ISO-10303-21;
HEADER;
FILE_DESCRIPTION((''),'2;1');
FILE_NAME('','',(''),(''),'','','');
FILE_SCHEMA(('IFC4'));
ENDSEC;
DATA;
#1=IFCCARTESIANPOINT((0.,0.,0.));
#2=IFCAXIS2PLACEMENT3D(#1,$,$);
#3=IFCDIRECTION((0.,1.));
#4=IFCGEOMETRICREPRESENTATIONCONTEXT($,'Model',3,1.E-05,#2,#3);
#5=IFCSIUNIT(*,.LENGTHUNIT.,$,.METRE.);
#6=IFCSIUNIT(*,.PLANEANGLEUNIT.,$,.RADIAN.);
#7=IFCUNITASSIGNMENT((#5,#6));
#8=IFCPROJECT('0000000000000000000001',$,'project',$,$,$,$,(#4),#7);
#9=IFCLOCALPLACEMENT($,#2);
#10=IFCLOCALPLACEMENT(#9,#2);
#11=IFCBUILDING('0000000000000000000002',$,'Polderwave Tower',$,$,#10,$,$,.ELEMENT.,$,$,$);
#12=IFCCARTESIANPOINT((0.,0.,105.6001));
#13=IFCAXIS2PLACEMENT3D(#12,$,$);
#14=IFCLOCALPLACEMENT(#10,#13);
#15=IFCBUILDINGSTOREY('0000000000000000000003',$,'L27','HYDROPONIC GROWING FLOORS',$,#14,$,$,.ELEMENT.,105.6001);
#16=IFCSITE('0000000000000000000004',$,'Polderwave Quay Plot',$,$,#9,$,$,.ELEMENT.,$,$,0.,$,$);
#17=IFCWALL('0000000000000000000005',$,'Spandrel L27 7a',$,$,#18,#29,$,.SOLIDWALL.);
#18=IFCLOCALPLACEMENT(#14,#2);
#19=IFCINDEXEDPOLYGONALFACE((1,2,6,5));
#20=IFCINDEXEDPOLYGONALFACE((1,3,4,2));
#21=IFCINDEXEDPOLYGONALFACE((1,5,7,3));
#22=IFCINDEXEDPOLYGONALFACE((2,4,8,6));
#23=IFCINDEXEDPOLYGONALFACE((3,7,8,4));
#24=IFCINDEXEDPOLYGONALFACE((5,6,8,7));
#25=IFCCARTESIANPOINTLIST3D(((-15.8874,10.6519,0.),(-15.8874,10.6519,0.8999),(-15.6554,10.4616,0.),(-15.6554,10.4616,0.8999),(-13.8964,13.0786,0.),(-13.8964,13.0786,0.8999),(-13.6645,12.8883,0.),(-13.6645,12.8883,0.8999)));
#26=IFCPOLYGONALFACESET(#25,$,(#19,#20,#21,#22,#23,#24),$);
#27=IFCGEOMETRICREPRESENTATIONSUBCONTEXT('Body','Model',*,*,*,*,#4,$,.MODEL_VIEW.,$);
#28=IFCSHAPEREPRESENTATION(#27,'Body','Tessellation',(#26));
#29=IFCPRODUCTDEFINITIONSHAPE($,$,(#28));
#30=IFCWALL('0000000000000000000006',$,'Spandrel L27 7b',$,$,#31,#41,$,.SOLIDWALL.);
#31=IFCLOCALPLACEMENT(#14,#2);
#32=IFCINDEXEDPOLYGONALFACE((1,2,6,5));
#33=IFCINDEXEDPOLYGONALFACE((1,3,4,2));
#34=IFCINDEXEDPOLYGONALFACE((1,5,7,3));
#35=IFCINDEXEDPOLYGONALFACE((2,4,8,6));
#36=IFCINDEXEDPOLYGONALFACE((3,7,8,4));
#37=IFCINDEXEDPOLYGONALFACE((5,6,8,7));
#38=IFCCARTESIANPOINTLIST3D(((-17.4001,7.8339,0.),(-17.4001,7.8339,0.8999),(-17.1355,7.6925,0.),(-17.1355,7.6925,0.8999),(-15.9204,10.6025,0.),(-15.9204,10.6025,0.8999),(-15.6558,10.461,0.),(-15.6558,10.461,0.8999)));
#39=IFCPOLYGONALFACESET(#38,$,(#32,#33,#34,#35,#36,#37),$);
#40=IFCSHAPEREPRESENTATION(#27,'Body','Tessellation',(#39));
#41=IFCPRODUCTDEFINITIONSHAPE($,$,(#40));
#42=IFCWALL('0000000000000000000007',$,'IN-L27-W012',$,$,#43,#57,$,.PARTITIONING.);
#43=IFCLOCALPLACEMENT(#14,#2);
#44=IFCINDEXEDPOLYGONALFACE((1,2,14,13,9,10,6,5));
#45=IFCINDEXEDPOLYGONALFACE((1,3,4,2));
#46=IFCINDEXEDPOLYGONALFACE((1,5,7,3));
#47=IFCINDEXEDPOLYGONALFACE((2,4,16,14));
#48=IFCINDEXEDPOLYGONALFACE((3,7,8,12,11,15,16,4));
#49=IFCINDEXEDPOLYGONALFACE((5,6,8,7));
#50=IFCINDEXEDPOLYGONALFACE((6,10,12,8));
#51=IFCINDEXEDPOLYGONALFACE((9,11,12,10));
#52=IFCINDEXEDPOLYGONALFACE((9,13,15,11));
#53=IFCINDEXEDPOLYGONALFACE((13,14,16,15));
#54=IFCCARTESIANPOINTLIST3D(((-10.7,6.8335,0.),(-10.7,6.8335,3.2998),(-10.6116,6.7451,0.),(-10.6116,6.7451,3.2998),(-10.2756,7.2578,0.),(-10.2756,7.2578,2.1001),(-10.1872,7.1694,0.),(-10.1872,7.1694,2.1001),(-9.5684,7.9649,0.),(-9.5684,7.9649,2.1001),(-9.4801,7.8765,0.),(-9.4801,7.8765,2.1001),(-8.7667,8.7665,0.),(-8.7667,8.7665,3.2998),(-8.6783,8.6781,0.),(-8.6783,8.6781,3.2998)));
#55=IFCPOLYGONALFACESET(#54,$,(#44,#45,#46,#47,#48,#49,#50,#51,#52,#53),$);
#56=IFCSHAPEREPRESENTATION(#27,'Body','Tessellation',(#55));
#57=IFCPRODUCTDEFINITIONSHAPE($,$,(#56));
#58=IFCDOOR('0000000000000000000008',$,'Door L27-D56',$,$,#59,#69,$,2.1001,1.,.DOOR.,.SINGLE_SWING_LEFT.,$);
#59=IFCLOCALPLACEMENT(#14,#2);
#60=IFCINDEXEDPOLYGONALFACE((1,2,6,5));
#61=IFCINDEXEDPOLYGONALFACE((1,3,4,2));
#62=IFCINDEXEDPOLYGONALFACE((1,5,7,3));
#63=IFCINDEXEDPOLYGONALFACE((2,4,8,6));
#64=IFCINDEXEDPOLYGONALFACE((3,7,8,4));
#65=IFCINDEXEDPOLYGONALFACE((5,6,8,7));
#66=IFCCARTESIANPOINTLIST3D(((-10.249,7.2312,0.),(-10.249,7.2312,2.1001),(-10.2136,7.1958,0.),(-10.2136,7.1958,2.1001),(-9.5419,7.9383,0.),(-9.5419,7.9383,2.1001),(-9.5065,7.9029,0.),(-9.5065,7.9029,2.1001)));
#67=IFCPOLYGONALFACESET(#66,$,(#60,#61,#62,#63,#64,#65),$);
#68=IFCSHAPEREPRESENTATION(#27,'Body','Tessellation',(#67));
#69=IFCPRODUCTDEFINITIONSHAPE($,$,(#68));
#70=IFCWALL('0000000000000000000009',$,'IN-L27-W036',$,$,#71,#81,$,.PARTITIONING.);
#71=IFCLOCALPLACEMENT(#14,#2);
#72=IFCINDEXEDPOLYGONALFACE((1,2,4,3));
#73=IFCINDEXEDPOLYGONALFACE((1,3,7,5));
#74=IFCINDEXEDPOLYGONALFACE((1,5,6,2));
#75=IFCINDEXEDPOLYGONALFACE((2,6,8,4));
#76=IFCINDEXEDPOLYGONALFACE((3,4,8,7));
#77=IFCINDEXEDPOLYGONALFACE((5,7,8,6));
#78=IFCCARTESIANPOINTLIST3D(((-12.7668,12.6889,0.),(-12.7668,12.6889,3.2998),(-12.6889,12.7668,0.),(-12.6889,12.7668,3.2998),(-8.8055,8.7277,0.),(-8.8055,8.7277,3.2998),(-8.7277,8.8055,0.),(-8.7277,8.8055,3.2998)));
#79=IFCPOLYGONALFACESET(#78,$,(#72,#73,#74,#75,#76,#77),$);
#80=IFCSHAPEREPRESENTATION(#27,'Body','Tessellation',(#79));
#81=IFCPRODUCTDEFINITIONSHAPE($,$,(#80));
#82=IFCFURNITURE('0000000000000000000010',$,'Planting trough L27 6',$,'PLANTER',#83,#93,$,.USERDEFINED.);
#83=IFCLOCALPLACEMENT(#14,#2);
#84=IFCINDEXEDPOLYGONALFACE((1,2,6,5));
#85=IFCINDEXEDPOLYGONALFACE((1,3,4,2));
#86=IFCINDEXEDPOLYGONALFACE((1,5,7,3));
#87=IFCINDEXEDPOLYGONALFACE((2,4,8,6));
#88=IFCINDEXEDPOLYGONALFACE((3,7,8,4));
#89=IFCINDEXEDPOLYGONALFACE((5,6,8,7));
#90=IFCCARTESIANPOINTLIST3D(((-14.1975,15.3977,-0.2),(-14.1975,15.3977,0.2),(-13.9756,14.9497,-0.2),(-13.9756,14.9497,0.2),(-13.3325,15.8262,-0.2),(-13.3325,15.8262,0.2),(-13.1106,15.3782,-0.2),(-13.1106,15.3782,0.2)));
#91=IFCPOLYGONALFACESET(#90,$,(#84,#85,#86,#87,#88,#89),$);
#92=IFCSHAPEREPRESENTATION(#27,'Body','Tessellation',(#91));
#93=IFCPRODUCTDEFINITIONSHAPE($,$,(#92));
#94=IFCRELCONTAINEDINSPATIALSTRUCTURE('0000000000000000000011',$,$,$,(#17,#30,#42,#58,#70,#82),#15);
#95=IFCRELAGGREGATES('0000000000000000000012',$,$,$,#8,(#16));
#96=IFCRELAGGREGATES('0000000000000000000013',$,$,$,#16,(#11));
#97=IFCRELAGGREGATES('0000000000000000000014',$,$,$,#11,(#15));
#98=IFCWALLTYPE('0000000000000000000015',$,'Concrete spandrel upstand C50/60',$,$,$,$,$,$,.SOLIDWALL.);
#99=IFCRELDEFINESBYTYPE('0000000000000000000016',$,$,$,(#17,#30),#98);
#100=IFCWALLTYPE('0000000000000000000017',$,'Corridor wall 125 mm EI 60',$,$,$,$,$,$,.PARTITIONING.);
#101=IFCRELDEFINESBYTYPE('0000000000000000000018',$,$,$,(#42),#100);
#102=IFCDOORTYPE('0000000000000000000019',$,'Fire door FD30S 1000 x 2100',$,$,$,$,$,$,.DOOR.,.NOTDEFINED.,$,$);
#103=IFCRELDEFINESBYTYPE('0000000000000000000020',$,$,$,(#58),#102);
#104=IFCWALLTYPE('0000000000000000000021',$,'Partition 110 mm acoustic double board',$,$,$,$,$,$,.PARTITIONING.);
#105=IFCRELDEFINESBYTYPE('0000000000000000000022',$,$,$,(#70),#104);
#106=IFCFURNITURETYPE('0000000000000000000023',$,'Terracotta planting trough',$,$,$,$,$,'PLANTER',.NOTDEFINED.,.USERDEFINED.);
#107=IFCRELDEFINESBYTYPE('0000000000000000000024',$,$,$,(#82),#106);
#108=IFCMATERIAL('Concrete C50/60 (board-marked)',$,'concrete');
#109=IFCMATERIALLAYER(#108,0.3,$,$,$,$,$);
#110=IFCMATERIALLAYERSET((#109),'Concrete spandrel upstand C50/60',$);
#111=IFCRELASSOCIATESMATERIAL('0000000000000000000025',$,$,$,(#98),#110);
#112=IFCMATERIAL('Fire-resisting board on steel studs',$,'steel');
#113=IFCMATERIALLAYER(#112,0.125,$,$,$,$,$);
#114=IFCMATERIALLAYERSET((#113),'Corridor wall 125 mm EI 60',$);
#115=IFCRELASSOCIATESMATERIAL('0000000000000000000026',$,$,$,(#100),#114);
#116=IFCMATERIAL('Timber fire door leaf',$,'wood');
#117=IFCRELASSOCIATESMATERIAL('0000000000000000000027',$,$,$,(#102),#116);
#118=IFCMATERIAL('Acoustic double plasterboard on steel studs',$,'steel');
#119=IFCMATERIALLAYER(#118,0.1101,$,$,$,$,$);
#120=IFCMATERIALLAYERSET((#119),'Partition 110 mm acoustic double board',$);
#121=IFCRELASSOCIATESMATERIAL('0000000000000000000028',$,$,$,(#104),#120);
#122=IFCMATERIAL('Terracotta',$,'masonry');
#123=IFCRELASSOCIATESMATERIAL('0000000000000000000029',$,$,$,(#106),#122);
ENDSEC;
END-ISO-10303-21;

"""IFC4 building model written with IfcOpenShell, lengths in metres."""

from ifc_helpers import new_model, si_unit, direction, frame, frame_2d, origin, origin_2d, place, context, subcontext, project, spatial, rectangle, extrude, material, layer, layer_set, type_object, element, fill, save


model = new_model("IFC4")

# Units and contexts
model_context = context("Model", 3, precision=1e-05, world=origin(), true_north=direction((0.0, 1.0)))
body_context = subcontext(model_context, "Body", "Model", "MODEL_VIEW")
ifc_project = project(units=[si_unit("LENGTHUNIT", "METRE"), si_unit("PLANEANGLEUNIT", "RADIAN")], contexts=[model_context])

# Site, building, storey
site_placement = place(None, origin())
site = spatial("IfcSite", under=ifc_project, at=site_placement, Name="Polderwave Quay Plot", CompositionType="ELEMENT", RefElevation=0.0)
building_placement = place(site_placement, origin())
building = spatial("IfcBuilding", under=site, at=building_placement, Name="Polderwave Tower", CompositionType="ELEMENT")
storey_placement = place(building_placement, frame((0.0, 0.0, 105.6001)))
storey = spatial("IfcBuildingStorey", under=building, at=storey_placement, Name="L27", Description="HYDROPONIC GROWING FLOORS", CompositionType="ELEMENT", Elevation=105.6001)

# Walls
ifc_material_1 = material(Name="Concrete C50/60 (board-marked)", Category="concrete")
ifc_layer_1 = layer(ifc_material_1, 0.3)
ifc_layer_set_1 = layer_set([ifc_layer_1], Name="Concrete spandrel upstand C50/60")
wall_type_1 = type_object("IfcWallType", Name="Concrete spandrel upstand C50/60", PredefinedType="SOLIDWALL", material=ifc_layer_set_1)
for number, where, z_axis, x_axis, name in (
    (1, (-13.7805, 12.9834, 0.0), (0.0, 0.0, 1.0), (-0.634275, -0.773108, 0.0), "Spandrel L27 7a"),
):
    element("IfcWall", number, at=place(storey_placement, frame(where, z_axis=z_axis, x_axis=x_axis)), inside=storey, type_object=wall_type_1, Name=name, PredefinedType="SOLIDWALL", context=body_context, shape_type="SweptSolid", body=[
        extrude(rectangle(XDim=3.1389, YDim=0.3, at=frame_2d((1.5693, 0.0))), origin(), (0.0, 0.0, 1.0), 0.8999),
    ])
wall_1_placement = place(storey_placement, frame((-15.7881, 10.5317, 0.0), z_axis=(0.0, 0.0, 1.0), x_axis=(-0.471375, -0.881933, 0.0)))
element("IfcWall", 2, at=wall_1_placement, inside=storey, type_object=wall_type_1, Name="Spandrel L27 7b", PredefinedType="SOLIDWALL", context=body_context, shape_type="SweptSolid", body=[
    extrude(rectangle(XDim=3.1392, YDim=0.3, at=frame_2d((1.5696, 0.0))), origin(), (0.0, 0.0, 1.0), 0.8999),
])

# Wall, opening, door
ifc_material_2 = material(Name="Fire-resisting board on steel studs", Category="steel")
ifc_layer_2 = layer(ifc_material_2, 0.125)
ifc_layer_set_2 = layer_set([ifc_layer_2], Name="Corridor wall 125 mm EI 60")
wall_type_2 = type_object("IfcWallType", Name="Corridor wall 125 mm EI 60", PredefinedType="PARTITIONING", material=ifc_layer_set_2)
wall_2_placement = place(storey_placement, frame((-10.6558, 6.7893, 0.0), z_axis=(0.0, 0.0, 1.0), x_axis=(0.707151, 0.707062, 0.0)))
wall_2 = element("IfcWall", 3, at=wall_2_placement, inside=storey, type_object=wall_type_2, Name="IN-L27-W012", PredefinedType="PARTITIONING", context=body_context, shape_type="SweptSolid", body=[
    extrude(rectangle(XDim=2.7339, YDim=0.125, at=frame_2d((1.3669, 0.0))), origin(), (0.0, 0.0, 1.0), 3.2998),
])
opening_placement = place(wall_2_placement, frame((0.6001, 0.0, 0.0)))
opening = element("IfcOpeningElement", 4, at=opening_placement, cuts=wall_2, PredefinedType="OPENING", context=body_context, shape_type="SweptSolid", body=[
    extrude(rectangle(XDim=1.0, YDim=2.1001, at=frame_2d((0.5, 1.05))), frame((0.0, 0.0725, 0.0), z_axis=(0.0, -1.0, 0.0), x_axis=(1.0, 0.0, 0.0)), (0.0, 0.0, 1.0), 0.145),
])
ifc_material_3 = material(Name="Timber fire door leaf", Category="wood")
door_type = type_object("IfcDoorType", Name="Fire door FD30S 1000 x 2100", OperationType="NOTDEFINED", PredefinedType="DOOR", material=ifc_material_3)
door_placement = place(opening_placement, origin())
door = element("IfcDoor", 5, at=door_placement, inside=storey, type_object=door_type, Name="Door L27-D56", OperationType="SINGLE_SWING_LEFT", OverallHeight=2.1001, OverallWidth=1.0, PredefinedType="DOOR", context=body_context, shape_type="SweptSolid", body=[
    extrude(rectangle(XDim=1.0, YDim=2.1001, at=frame_2d((0.5, 1.05))), frame((0.0, 0.0249, 0.0), z_axis=(0.0, -1.0, 0.0), x_axis=(1.0, 0.0, 0.0)), (0.0, 0.0, 1.0), 0.05),
])
fill(opening, door)

# Wall
ifc_material_4 = material(Name="Acoustic double plasterboard on steel studs", Category="steel")
ifc_layer_3 = layer(ifc_material_4, 0.1101)
ifc_layer_set_3 = layer_set([ifc_layer_3], Name="Partition 110 mm acoustic double board")
wall_type_3 = type_object("IfcWallType", Name="Partition 110 mm acoustic double board", PredefinedType="PARTITIONING", material=ifc_layer_set_3)
wall_3_placement = place(storey_placement, frame((-8.7666, 8.7666, 0.0), z_axis=(0.0, 0.0, 1.0), x_axis=(-0.707107, 0.707107, 0.0)))
element("IfcWall", 6, at=wall_3_placement, inside=storey, type_object=wall_type_3, Name="IN-L27-W036", PredefinedType="PARTITIONING", context=body_context, shape_type="SweptSolid", body=[
    extrude(rectangle(XDim=5.6021, YDim=0.1101, at=frame_2d((2.801, 0.0))), origin(), (0.0, 0.0, 1.0), 3.2998),
])

# Furniture
ifc_material_5 = material(Name="Terracotta", Category="masonry")
furniture_type = type_object("IfcFurnitureType", Name="Terracotta planting trough", ElementType="PLANTER", AssemblyPlace="NOTDEFINED", PredefinedType="USERDEFINED", material=ifc_material_5)
furniture_placement = place(storey_placement, frame((-13.6541, 15.3879, -0.2), z_axis=(0.0, 0.0, 1.0), x_axis=(-0.896097, -0.443858, 0.0)))
element("IfcFurniture", 7, at=furniture_placement, inside=storey, type_object=furniture_type, Name="Planting trough L27 6", ObjectType="PLANTER", PredefinedType="USERDEFINED", context=body_context, shape_type="SweptSolid", body=[
    extrude(rectangle(XDim=0.9653, YDim=0.5, at=origin_2d()), origin(), (0.0, 0.0, 1.0), 0.3999),
])

save(model, "model.ifc")
